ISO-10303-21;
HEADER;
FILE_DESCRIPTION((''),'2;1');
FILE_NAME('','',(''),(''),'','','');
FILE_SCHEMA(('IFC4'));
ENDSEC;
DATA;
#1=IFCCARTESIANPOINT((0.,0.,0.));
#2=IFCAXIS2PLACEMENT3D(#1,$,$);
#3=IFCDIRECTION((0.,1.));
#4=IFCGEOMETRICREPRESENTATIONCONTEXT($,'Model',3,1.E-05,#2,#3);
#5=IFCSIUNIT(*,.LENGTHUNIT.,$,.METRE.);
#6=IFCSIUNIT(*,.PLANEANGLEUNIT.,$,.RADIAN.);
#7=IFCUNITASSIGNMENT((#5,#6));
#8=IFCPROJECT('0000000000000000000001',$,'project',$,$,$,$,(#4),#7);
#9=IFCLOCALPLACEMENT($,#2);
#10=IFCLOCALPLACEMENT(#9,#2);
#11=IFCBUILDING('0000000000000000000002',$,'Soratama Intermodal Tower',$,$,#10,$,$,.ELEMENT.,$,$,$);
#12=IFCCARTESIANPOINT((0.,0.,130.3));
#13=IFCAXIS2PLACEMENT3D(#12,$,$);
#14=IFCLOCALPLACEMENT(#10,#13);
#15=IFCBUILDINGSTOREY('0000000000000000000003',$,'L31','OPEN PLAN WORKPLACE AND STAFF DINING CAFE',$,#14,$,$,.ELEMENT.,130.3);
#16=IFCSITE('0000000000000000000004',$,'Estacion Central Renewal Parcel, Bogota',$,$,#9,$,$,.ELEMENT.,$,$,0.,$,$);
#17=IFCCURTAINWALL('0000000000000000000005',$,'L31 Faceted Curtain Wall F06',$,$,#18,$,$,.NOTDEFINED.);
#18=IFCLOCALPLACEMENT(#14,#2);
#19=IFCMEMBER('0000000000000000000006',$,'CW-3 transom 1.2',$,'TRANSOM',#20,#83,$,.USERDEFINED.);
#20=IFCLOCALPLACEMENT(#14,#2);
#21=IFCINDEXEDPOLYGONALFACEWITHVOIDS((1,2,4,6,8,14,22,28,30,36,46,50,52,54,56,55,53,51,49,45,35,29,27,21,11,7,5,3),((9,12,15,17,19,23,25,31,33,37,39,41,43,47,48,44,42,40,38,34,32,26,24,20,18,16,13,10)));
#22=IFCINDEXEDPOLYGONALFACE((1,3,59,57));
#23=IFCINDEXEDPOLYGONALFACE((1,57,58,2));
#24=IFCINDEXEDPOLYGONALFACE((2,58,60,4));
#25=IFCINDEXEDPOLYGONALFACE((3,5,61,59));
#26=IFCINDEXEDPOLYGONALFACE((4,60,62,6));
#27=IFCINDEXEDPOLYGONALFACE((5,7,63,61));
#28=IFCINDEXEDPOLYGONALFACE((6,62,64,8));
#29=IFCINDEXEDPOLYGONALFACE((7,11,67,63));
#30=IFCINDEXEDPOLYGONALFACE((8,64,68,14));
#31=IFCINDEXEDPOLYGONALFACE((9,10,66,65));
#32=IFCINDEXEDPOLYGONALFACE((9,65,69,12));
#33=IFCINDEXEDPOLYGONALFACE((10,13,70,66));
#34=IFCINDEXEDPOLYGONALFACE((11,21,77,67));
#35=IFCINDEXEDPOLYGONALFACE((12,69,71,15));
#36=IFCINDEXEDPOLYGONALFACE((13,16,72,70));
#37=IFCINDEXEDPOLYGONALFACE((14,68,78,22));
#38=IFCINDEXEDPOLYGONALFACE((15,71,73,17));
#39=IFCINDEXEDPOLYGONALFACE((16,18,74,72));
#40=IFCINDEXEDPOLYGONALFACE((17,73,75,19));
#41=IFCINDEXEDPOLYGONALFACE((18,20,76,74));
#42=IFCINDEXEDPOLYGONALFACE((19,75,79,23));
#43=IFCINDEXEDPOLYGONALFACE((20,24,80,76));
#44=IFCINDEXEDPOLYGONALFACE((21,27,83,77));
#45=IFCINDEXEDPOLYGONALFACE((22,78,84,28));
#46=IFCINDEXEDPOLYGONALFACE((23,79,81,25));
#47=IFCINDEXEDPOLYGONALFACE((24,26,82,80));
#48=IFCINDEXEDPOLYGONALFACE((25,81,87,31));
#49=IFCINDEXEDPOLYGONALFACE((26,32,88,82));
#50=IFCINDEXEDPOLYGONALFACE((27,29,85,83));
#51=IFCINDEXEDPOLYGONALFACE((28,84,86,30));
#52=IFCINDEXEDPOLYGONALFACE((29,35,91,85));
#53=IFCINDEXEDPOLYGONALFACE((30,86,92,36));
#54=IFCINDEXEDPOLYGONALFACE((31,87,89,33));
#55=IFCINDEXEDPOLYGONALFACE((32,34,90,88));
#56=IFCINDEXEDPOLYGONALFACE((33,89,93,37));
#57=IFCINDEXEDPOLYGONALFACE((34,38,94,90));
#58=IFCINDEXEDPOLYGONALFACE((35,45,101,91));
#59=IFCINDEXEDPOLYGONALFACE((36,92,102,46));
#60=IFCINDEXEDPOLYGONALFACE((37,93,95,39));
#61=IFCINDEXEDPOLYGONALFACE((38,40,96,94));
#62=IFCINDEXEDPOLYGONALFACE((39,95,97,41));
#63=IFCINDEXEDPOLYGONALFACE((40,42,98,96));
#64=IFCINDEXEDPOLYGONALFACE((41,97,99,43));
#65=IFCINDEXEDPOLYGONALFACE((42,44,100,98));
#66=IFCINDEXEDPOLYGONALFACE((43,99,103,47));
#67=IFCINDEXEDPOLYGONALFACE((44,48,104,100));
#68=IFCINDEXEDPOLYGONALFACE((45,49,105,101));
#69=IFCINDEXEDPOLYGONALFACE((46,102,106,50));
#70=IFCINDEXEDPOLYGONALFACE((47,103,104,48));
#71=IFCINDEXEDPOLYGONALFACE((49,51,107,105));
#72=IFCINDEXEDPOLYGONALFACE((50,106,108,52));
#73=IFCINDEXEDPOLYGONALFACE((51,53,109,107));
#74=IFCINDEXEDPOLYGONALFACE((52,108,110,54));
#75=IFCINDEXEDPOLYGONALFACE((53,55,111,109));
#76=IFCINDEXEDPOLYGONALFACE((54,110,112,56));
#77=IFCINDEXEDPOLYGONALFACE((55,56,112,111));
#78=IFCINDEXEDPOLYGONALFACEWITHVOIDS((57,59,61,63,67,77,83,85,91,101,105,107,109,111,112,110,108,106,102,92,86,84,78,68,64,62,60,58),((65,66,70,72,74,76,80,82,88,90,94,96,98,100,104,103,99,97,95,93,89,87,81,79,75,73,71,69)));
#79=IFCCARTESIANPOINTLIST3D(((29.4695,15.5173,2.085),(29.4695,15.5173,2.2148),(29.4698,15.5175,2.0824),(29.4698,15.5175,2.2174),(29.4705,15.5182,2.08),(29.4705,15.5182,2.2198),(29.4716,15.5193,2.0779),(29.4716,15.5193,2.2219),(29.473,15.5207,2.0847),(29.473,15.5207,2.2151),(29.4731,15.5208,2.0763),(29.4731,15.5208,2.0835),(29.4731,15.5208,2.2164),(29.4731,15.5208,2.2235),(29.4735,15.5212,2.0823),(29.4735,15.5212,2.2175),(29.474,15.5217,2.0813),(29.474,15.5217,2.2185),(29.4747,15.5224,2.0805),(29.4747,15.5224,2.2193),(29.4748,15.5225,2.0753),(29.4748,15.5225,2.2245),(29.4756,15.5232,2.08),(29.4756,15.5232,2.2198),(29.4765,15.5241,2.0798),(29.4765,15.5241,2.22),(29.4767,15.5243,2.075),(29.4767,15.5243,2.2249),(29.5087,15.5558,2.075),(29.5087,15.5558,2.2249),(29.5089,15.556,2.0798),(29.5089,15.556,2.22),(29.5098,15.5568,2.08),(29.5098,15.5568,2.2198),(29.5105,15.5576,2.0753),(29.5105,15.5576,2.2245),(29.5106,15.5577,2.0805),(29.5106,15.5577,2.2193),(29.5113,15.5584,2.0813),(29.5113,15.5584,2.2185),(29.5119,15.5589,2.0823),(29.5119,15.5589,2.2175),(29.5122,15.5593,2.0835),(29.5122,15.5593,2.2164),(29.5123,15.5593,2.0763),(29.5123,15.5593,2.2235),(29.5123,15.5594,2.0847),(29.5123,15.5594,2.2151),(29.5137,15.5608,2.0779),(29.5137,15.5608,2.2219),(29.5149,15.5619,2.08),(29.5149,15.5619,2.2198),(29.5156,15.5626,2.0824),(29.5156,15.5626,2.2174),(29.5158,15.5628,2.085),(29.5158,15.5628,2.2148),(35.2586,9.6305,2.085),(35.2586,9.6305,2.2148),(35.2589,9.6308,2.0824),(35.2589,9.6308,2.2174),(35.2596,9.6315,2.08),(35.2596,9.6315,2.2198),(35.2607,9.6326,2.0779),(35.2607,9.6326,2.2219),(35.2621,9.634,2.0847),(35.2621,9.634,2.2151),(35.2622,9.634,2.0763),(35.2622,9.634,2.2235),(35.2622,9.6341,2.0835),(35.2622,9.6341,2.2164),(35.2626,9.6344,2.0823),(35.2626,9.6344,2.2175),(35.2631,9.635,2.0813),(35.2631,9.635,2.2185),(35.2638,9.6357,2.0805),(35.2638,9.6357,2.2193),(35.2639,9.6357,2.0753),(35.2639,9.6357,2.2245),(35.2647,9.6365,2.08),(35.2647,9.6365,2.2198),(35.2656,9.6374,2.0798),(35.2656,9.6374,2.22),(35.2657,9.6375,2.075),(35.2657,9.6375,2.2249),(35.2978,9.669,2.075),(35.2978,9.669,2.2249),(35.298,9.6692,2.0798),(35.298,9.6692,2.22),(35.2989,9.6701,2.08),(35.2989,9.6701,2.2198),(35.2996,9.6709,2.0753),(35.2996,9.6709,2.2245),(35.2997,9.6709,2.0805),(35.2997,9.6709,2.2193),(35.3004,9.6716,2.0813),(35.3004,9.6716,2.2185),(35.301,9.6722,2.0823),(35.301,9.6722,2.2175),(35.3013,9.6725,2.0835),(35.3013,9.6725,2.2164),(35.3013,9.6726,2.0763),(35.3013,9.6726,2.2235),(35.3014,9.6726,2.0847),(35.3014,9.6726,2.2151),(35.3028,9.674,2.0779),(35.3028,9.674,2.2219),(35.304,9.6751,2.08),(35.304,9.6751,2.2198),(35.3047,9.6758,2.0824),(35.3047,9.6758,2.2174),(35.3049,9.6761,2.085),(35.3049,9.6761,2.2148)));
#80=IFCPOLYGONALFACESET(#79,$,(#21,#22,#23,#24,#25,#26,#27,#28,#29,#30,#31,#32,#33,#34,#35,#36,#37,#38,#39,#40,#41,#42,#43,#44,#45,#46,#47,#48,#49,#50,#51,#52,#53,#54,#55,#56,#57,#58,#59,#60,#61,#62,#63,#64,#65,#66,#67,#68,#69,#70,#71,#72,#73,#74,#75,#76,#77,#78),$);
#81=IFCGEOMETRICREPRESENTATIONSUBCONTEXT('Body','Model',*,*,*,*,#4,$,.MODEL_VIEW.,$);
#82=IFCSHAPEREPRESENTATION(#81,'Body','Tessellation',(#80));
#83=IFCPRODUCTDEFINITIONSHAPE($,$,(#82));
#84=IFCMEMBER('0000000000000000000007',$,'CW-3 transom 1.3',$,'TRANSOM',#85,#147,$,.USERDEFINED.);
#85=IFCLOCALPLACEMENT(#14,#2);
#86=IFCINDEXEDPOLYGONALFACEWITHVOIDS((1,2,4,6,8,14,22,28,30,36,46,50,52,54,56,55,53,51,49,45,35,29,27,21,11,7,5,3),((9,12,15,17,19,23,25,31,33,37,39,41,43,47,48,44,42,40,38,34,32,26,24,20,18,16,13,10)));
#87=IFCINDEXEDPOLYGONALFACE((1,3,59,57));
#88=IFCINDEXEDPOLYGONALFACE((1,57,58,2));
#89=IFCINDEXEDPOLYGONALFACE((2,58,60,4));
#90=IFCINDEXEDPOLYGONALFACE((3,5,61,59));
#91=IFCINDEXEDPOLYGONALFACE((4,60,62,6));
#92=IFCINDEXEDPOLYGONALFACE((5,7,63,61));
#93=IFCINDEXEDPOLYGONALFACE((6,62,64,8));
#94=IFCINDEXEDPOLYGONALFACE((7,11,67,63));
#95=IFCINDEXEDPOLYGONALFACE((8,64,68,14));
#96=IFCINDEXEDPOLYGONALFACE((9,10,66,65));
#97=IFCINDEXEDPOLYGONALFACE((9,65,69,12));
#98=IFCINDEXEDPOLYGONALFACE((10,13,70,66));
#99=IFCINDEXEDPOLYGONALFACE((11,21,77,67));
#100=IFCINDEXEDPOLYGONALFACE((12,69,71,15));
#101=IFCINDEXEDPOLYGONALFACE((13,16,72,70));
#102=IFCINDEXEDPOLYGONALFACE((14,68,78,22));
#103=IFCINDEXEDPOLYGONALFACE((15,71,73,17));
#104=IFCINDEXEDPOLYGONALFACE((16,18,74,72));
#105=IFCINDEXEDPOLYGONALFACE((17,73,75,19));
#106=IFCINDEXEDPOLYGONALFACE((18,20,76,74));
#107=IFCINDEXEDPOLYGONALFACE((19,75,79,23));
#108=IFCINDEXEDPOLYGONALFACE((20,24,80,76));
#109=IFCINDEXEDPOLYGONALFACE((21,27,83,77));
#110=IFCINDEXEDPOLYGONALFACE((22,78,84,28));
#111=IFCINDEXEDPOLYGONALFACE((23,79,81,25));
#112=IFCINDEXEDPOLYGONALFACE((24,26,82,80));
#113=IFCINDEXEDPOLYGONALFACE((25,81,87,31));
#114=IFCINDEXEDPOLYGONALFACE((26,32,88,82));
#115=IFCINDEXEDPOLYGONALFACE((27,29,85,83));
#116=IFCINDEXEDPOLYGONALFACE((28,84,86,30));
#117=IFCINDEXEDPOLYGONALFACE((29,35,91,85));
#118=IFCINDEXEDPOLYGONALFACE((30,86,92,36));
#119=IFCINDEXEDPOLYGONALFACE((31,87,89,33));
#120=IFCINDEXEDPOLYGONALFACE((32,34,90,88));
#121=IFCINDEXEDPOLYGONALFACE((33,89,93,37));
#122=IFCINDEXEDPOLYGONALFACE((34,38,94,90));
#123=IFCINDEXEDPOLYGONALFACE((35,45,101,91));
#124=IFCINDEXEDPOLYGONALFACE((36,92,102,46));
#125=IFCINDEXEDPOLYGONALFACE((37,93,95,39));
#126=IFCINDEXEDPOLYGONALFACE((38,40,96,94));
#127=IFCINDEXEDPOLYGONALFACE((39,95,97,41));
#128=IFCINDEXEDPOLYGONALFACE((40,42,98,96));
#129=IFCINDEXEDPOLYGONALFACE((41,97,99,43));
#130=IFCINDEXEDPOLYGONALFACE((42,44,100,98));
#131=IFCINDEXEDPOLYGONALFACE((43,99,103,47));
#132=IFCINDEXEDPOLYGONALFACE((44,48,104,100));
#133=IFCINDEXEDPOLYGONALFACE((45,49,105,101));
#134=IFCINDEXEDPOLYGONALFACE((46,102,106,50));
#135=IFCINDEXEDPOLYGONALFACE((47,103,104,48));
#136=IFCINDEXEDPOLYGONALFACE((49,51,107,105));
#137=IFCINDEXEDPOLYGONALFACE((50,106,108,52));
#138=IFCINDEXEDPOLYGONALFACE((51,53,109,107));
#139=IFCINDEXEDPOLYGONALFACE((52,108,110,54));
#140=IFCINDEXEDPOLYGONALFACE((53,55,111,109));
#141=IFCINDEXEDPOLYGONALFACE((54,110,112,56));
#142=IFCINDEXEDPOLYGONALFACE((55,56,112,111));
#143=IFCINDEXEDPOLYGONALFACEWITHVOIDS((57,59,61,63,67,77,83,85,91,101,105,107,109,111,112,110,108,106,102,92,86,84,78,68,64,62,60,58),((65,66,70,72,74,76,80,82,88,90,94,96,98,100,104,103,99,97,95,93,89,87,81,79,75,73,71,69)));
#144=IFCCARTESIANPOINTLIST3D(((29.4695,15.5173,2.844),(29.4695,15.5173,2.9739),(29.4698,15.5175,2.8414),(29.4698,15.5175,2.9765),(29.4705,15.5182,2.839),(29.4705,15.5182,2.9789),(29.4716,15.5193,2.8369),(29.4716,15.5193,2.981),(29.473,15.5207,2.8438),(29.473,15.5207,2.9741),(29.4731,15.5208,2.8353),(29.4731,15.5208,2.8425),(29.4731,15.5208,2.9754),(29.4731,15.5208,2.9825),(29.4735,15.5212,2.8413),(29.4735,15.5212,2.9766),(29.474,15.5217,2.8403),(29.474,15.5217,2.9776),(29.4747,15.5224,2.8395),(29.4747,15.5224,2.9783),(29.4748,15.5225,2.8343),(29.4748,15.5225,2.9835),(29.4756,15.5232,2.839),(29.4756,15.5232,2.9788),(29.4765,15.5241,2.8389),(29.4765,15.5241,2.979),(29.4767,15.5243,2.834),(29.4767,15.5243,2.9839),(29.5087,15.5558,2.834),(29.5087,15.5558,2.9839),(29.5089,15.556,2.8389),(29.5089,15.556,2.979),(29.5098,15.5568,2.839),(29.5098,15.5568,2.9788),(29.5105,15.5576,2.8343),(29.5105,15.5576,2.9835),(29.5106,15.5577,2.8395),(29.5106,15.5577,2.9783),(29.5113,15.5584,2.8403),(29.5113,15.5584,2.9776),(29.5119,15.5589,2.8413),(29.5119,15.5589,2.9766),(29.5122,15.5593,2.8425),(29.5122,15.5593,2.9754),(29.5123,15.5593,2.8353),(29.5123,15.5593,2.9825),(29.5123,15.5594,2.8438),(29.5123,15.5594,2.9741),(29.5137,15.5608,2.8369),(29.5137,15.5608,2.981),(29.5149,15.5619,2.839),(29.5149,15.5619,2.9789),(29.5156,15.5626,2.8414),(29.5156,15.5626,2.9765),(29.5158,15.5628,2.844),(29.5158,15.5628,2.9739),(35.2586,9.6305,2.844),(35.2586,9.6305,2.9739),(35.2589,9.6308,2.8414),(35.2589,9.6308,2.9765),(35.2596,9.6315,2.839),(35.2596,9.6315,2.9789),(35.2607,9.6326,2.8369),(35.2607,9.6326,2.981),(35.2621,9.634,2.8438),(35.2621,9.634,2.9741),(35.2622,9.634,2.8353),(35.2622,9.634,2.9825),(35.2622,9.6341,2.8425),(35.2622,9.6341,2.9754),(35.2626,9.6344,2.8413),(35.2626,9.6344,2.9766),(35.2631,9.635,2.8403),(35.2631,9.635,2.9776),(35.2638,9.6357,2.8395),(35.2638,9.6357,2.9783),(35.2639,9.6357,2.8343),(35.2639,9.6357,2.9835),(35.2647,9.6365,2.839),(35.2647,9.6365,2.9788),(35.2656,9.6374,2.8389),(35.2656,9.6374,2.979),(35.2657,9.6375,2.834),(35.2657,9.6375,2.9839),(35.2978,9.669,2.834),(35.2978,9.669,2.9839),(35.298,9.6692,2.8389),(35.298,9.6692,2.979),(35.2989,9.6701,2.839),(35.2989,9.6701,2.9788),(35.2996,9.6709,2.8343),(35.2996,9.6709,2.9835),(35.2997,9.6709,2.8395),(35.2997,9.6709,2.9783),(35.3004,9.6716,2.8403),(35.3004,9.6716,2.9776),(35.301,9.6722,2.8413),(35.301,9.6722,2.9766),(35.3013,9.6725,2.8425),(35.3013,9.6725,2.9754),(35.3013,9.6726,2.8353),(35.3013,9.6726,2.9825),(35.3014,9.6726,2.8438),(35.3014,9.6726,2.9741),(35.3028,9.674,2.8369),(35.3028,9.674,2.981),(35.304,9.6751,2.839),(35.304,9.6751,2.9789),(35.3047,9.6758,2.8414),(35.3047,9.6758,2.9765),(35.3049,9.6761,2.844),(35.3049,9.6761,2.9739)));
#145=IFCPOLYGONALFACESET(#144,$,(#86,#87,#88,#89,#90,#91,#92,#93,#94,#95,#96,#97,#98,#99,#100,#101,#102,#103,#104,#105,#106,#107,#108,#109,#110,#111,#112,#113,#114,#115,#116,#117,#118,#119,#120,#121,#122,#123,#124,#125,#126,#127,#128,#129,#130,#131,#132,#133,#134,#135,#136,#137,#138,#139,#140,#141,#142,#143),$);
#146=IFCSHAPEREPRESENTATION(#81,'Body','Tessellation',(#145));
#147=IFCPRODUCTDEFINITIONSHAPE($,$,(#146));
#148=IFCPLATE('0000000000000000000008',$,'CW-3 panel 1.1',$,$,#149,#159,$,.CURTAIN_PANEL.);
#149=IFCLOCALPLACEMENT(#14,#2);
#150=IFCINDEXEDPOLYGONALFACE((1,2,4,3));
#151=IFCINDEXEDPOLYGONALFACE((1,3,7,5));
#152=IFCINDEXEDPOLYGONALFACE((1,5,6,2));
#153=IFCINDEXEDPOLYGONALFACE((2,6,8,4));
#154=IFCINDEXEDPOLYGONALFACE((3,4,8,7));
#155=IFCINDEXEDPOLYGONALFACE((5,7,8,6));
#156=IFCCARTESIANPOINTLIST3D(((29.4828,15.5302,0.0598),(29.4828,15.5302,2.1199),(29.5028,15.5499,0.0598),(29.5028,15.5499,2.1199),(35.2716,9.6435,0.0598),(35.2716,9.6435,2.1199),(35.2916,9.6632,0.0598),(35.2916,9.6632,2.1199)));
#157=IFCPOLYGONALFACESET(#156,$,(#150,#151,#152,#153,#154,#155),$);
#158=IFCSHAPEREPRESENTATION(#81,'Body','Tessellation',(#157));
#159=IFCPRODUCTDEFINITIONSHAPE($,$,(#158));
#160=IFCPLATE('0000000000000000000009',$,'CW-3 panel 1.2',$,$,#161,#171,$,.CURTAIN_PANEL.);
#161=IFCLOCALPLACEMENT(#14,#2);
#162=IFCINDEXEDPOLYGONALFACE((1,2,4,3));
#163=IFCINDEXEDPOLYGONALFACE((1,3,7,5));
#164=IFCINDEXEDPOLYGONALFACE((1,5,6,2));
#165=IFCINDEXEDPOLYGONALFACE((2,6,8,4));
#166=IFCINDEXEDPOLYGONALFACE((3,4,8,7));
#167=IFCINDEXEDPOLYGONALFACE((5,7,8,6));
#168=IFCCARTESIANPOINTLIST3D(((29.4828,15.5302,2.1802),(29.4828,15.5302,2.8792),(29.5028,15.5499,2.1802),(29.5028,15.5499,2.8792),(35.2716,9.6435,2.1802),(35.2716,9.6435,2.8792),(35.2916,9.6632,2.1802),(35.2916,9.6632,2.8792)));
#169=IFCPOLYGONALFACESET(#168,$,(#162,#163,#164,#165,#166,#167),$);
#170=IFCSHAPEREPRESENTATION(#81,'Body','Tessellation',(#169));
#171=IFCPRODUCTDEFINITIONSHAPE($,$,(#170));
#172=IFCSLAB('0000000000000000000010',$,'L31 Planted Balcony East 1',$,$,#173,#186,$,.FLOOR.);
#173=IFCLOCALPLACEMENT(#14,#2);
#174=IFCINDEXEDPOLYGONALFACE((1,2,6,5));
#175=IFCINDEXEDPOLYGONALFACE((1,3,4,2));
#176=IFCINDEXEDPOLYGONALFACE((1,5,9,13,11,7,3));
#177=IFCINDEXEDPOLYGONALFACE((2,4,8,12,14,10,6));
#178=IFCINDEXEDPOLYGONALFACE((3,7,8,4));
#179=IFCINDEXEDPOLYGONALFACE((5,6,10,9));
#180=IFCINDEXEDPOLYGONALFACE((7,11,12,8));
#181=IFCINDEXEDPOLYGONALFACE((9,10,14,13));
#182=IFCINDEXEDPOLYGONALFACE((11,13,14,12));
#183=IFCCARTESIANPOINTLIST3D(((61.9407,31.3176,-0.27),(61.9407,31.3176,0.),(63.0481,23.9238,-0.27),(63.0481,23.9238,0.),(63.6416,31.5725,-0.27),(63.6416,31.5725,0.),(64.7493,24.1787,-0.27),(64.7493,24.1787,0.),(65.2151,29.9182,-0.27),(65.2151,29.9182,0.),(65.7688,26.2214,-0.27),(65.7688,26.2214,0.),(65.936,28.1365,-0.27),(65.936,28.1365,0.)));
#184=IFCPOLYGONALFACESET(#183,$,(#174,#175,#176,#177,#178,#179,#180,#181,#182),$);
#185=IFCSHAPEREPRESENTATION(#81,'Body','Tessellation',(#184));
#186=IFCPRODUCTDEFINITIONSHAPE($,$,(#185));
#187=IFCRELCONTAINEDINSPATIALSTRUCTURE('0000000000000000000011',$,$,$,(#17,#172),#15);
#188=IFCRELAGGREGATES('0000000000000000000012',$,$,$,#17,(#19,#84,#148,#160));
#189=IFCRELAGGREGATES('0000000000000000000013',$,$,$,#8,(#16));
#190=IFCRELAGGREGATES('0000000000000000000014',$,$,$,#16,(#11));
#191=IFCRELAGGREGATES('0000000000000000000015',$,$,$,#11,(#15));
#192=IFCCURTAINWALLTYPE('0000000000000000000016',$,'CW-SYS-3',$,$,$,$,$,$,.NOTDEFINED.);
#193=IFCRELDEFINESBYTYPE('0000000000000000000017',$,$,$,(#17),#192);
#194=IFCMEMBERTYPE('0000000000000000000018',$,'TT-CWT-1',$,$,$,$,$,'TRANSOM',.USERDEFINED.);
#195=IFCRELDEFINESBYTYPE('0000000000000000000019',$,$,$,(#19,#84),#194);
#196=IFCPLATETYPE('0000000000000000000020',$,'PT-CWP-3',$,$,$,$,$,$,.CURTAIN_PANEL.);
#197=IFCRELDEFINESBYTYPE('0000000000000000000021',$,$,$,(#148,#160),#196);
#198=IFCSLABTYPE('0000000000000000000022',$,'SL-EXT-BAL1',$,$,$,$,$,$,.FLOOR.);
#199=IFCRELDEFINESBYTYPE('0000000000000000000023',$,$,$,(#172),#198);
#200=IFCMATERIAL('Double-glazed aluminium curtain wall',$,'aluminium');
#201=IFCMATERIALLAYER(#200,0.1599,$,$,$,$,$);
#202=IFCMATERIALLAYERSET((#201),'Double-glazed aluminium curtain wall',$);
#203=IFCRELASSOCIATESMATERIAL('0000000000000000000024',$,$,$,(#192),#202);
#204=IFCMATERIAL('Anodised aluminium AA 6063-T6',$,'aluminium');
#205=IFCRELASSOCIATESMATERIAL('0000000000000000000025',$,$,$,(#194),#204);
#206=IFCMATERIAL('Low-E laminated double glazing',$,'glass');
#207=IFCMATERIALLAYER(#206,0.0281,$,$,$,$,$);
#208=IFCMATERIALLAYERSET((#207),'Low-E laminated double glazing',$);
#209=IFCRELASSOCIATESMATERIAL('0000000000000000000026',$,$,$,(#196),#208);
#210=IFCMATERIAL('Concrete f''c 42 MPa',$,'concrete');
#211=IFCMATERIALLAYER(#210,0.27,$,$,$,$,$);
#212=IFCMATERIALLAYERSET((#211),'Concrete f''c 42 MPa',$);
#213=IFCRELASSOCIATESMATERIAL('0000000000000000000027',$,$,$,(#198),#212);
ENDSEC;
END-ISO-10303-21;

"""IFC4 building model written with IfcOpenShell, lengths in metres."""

from ifc_helpers import new_model, si_unit, direction, frame, origin, origin_2d, place, context, subcontext, project, spatial, polyline, rectangle, hollow_rectangle, outline, extrude, material, layer, layer_set, material_profile, profile_set, type_object, element, aggregate, save


model = new_model("IFC4")

# Units and contexts
model_context = context("Model", 3, precision=1e-05, world=origin(), true_north=direction((0.0, 1.0)))
body_context = subcontext(model_context, "Body", "Model", "MODEL_VIEW")
ifc_project = project(units=[si_unit("LENGTHUNIT", "METRE"), si_unit("PLANEANGLEUNIT", "RADIAN")], contexts=[model_context])

# Site, building, storey
site_placement = place(None, origin())
site = spatial("IfcSite", under=ifc_project, at=site_placement, Name="Estacion Central Renewal Parcel, Bogota", CompositionType="ELEMENT", RefElevation=0.0)
building_placement = place(site_placement, origin())
building = spatial("IfcBuilding", under=site, at=building_placement, Name="Soratama Intermodal Tower", CompositionType="ELEMENT")
storey_placement = place(building_placement, frame((0.0, 0.0, 130.3)))
storey = spatial("IfcBuildingStorey", under=building, at=storey_placement, Name="L31", Description="OPEN PLAN WORKPLACE AND STAFF DINING CAFE", CompositionType="ELEMENT", Elevation=130.3)

# Curtain wall, members, plates
ifc_material_1 = material(Name="Double-glazed aluminium curtain wall", Category="aluminium")
ifc_layer_1 = layer(ifc_material_1, 0.1599)
ifc_layer_set_1 = layer_set([ifc_layer_1], Name="Double-glazed aluminium curtain wall")
curtain_wall_type = type_object("IfcCurtainWallType", Name="CW-SYS-3", PredefinedType="NOTDEFINED", material=ifc_layer_set_1)
curtain_wall_placement = place(storey_placement, origin())
curtain_wall = element("IfcCurtainWall", 1, at=curtain_wall_placement, inside=storey, type_object=curtain_wall_type, Name="L31 Faceted Curtain Wall F06", PredefinedType="NOTDEFINED")
ifc_material_2 = material(Name="Anodised aluminium AA 6063-T6", Category="aluminium")
ifc_material_profile_1 = material_profile(ifc_material_2, hollow_rectangle(XDim=0.0649, YDim=0.1499, WallThickness=0.0049, InnerFilletRadius=0.0049, OuterFilletRadius=0.01, at=origin_2d()), Name="CWT150X65X5")
ifc_profile_set_1 = profile_set([ifc_material_profile_1], Name="Anodised aluminium AA 6063-T6")
member_type_1 = type_object("IfcMemberType", Name="TT-CWT-1", ElementType="TRANSOM", PredefinedType="USERDEFINED", material=ifc_profile_set_1)
member_1_placement = place(storey_placement, frame((29.4927, 15.54, 2.1499), z_axis=(0.701168, -0.712996, 0.0), x_axis=(0.712996, 0.701168, 0.0)))
member_1 = element("IfcMember", 2, at=member_1_placement, type_object=member_type_1, Name="CW-3 transom 1.2", ObjectType="TRANSOM", PredefinedType="USERDEFINED", context=body_context, shape_type="SweptSolid", body=[
    extrude(hollow_rectangle(XDim=0.0649, YDim=0.1499, WallThickness=0.0049, InnerFilletRadius=0.0049, OuterFilletRadius=0.01, at=origin_2d()), origin(), (0.0, 0.0, 1.0), 8.2563),
])
member_2_placement = place(storey_placement, frame((29.4927, 15.54, 2.9089), z_axis=(0.701168, -0.712996, 0.0), x_axis=(0.712996, 0.701168, 0.0)))
member_2 = element("IfcMember", 3, at=member_2_placement, type_object=member_type_1, Name="CW-3 transom 1.3", ObjectType="TRANSOM", PredefinedType="USERDEFINED", context=body_context, shape_type="SweptSolid", body=[
    extrude(hollow_rectangle(XDim=0.0649, YDim=0.1499, WallThickness=0.0049, InnerFilletRadius=0.0049, OuterFilletRadius=0.01, at=origin_2d()), origin(), (0.0, 0.0, 1.0), 8.2563),
])
ifc_material_3 = material(Name="Low-E laminated double glazing", Category="glass")
ifc_layer_2 = layer(ifc_material_3, 0.0281)
ifc_layer_set_2 = layer_set([ifc_layer_2], Name="Low-E laminated double glazing")
plate_type = type_object("IfcPlateType", Name="PT-CWP-3", PredefinedType="CURTAIN_PANEL", material=ifc_layer_set_2)
plate_1_placement = place(storey_placement, frame((32.3872, 12.5967, 0.0598), z_axis=(0.0, 0.0, 1.0), x_axis=(0.701154, -0.713009, 0.0)))
plate_1 = element("IfcPlate", 4, at=plate_1_placement, type_object=plate_type, Name="CW-3 panel 1.1", PredefinedType="CURTAIN_PANEL", context=body_context, shape_type="SweptSolid", body=[
    extrude(rectangle(XDim=8.2561, YDim=0.0281, at=origin_2d()), origin(), (0.0, 0.0, 1.0), 2.0601),
])
plate_2_placement = place(storey_placement, frame((32.3872, 12.5967, 2.1802), z_axis=(0.0, 0.0, 1.0), x_axis=(0.701154, -0.713009, 0.0)))
plate_2 = element("IfcPlate", 5, at=plate_2_placement, type_object=plate_type, Name="CW-3 panel 1.2", PredefinedType="CURTAIN_PANEL", context=body_context, shape_type="SweptSolid", body=[
    extrude(rectangle(XDim=8.2561, YDim=0.0281, at=origin_2d()), origin(), (0.0, 0.0, 1.0), 0.699),
])
aggregate(curtain_wall, [member_1, member_2, plate_1, plate_2])

# Slab
ifc_material_4 = material(Name="Concrete f'c 42 MPa", Category="concrete")
ifc_layer_3 = layer(ifc_material_4, 0.27)
ifc_layer_set_3 = layer_set([ifc_layer_3], Name="Concrete f'c 42 MPa")
slab_type_1 = type_object("IfcSlabType", Name="SL-EXT-BAL1", PredefinedType="FLOOR", material=ifc_layer_set_3)
slab_1_placement = place(storey_placement, frame((0.0, 0.0, -0.27)))
element("IfcSlab", 6, at=slab_1_placement, inside=storey, type_object=slab_type_1, Name="L31 Planted Balcony East 1", PredefinedType="FLOOR", context=body_context, shape_type="SweptSolid", body=[
    extrude(outline(polyline([(63.0481, 23.9238), (61.9407, 31.3176), (63.6416, 31.5725), (65.2151, 29.9182), (65.936, 28.1365), (65.7688, 26.2214), (64.7493, 24.1787), (63.0481, 23.9238)])), origin(), (0.0, 0.0, 1.0), 0.27),
])

save(model, "model.ifc")
